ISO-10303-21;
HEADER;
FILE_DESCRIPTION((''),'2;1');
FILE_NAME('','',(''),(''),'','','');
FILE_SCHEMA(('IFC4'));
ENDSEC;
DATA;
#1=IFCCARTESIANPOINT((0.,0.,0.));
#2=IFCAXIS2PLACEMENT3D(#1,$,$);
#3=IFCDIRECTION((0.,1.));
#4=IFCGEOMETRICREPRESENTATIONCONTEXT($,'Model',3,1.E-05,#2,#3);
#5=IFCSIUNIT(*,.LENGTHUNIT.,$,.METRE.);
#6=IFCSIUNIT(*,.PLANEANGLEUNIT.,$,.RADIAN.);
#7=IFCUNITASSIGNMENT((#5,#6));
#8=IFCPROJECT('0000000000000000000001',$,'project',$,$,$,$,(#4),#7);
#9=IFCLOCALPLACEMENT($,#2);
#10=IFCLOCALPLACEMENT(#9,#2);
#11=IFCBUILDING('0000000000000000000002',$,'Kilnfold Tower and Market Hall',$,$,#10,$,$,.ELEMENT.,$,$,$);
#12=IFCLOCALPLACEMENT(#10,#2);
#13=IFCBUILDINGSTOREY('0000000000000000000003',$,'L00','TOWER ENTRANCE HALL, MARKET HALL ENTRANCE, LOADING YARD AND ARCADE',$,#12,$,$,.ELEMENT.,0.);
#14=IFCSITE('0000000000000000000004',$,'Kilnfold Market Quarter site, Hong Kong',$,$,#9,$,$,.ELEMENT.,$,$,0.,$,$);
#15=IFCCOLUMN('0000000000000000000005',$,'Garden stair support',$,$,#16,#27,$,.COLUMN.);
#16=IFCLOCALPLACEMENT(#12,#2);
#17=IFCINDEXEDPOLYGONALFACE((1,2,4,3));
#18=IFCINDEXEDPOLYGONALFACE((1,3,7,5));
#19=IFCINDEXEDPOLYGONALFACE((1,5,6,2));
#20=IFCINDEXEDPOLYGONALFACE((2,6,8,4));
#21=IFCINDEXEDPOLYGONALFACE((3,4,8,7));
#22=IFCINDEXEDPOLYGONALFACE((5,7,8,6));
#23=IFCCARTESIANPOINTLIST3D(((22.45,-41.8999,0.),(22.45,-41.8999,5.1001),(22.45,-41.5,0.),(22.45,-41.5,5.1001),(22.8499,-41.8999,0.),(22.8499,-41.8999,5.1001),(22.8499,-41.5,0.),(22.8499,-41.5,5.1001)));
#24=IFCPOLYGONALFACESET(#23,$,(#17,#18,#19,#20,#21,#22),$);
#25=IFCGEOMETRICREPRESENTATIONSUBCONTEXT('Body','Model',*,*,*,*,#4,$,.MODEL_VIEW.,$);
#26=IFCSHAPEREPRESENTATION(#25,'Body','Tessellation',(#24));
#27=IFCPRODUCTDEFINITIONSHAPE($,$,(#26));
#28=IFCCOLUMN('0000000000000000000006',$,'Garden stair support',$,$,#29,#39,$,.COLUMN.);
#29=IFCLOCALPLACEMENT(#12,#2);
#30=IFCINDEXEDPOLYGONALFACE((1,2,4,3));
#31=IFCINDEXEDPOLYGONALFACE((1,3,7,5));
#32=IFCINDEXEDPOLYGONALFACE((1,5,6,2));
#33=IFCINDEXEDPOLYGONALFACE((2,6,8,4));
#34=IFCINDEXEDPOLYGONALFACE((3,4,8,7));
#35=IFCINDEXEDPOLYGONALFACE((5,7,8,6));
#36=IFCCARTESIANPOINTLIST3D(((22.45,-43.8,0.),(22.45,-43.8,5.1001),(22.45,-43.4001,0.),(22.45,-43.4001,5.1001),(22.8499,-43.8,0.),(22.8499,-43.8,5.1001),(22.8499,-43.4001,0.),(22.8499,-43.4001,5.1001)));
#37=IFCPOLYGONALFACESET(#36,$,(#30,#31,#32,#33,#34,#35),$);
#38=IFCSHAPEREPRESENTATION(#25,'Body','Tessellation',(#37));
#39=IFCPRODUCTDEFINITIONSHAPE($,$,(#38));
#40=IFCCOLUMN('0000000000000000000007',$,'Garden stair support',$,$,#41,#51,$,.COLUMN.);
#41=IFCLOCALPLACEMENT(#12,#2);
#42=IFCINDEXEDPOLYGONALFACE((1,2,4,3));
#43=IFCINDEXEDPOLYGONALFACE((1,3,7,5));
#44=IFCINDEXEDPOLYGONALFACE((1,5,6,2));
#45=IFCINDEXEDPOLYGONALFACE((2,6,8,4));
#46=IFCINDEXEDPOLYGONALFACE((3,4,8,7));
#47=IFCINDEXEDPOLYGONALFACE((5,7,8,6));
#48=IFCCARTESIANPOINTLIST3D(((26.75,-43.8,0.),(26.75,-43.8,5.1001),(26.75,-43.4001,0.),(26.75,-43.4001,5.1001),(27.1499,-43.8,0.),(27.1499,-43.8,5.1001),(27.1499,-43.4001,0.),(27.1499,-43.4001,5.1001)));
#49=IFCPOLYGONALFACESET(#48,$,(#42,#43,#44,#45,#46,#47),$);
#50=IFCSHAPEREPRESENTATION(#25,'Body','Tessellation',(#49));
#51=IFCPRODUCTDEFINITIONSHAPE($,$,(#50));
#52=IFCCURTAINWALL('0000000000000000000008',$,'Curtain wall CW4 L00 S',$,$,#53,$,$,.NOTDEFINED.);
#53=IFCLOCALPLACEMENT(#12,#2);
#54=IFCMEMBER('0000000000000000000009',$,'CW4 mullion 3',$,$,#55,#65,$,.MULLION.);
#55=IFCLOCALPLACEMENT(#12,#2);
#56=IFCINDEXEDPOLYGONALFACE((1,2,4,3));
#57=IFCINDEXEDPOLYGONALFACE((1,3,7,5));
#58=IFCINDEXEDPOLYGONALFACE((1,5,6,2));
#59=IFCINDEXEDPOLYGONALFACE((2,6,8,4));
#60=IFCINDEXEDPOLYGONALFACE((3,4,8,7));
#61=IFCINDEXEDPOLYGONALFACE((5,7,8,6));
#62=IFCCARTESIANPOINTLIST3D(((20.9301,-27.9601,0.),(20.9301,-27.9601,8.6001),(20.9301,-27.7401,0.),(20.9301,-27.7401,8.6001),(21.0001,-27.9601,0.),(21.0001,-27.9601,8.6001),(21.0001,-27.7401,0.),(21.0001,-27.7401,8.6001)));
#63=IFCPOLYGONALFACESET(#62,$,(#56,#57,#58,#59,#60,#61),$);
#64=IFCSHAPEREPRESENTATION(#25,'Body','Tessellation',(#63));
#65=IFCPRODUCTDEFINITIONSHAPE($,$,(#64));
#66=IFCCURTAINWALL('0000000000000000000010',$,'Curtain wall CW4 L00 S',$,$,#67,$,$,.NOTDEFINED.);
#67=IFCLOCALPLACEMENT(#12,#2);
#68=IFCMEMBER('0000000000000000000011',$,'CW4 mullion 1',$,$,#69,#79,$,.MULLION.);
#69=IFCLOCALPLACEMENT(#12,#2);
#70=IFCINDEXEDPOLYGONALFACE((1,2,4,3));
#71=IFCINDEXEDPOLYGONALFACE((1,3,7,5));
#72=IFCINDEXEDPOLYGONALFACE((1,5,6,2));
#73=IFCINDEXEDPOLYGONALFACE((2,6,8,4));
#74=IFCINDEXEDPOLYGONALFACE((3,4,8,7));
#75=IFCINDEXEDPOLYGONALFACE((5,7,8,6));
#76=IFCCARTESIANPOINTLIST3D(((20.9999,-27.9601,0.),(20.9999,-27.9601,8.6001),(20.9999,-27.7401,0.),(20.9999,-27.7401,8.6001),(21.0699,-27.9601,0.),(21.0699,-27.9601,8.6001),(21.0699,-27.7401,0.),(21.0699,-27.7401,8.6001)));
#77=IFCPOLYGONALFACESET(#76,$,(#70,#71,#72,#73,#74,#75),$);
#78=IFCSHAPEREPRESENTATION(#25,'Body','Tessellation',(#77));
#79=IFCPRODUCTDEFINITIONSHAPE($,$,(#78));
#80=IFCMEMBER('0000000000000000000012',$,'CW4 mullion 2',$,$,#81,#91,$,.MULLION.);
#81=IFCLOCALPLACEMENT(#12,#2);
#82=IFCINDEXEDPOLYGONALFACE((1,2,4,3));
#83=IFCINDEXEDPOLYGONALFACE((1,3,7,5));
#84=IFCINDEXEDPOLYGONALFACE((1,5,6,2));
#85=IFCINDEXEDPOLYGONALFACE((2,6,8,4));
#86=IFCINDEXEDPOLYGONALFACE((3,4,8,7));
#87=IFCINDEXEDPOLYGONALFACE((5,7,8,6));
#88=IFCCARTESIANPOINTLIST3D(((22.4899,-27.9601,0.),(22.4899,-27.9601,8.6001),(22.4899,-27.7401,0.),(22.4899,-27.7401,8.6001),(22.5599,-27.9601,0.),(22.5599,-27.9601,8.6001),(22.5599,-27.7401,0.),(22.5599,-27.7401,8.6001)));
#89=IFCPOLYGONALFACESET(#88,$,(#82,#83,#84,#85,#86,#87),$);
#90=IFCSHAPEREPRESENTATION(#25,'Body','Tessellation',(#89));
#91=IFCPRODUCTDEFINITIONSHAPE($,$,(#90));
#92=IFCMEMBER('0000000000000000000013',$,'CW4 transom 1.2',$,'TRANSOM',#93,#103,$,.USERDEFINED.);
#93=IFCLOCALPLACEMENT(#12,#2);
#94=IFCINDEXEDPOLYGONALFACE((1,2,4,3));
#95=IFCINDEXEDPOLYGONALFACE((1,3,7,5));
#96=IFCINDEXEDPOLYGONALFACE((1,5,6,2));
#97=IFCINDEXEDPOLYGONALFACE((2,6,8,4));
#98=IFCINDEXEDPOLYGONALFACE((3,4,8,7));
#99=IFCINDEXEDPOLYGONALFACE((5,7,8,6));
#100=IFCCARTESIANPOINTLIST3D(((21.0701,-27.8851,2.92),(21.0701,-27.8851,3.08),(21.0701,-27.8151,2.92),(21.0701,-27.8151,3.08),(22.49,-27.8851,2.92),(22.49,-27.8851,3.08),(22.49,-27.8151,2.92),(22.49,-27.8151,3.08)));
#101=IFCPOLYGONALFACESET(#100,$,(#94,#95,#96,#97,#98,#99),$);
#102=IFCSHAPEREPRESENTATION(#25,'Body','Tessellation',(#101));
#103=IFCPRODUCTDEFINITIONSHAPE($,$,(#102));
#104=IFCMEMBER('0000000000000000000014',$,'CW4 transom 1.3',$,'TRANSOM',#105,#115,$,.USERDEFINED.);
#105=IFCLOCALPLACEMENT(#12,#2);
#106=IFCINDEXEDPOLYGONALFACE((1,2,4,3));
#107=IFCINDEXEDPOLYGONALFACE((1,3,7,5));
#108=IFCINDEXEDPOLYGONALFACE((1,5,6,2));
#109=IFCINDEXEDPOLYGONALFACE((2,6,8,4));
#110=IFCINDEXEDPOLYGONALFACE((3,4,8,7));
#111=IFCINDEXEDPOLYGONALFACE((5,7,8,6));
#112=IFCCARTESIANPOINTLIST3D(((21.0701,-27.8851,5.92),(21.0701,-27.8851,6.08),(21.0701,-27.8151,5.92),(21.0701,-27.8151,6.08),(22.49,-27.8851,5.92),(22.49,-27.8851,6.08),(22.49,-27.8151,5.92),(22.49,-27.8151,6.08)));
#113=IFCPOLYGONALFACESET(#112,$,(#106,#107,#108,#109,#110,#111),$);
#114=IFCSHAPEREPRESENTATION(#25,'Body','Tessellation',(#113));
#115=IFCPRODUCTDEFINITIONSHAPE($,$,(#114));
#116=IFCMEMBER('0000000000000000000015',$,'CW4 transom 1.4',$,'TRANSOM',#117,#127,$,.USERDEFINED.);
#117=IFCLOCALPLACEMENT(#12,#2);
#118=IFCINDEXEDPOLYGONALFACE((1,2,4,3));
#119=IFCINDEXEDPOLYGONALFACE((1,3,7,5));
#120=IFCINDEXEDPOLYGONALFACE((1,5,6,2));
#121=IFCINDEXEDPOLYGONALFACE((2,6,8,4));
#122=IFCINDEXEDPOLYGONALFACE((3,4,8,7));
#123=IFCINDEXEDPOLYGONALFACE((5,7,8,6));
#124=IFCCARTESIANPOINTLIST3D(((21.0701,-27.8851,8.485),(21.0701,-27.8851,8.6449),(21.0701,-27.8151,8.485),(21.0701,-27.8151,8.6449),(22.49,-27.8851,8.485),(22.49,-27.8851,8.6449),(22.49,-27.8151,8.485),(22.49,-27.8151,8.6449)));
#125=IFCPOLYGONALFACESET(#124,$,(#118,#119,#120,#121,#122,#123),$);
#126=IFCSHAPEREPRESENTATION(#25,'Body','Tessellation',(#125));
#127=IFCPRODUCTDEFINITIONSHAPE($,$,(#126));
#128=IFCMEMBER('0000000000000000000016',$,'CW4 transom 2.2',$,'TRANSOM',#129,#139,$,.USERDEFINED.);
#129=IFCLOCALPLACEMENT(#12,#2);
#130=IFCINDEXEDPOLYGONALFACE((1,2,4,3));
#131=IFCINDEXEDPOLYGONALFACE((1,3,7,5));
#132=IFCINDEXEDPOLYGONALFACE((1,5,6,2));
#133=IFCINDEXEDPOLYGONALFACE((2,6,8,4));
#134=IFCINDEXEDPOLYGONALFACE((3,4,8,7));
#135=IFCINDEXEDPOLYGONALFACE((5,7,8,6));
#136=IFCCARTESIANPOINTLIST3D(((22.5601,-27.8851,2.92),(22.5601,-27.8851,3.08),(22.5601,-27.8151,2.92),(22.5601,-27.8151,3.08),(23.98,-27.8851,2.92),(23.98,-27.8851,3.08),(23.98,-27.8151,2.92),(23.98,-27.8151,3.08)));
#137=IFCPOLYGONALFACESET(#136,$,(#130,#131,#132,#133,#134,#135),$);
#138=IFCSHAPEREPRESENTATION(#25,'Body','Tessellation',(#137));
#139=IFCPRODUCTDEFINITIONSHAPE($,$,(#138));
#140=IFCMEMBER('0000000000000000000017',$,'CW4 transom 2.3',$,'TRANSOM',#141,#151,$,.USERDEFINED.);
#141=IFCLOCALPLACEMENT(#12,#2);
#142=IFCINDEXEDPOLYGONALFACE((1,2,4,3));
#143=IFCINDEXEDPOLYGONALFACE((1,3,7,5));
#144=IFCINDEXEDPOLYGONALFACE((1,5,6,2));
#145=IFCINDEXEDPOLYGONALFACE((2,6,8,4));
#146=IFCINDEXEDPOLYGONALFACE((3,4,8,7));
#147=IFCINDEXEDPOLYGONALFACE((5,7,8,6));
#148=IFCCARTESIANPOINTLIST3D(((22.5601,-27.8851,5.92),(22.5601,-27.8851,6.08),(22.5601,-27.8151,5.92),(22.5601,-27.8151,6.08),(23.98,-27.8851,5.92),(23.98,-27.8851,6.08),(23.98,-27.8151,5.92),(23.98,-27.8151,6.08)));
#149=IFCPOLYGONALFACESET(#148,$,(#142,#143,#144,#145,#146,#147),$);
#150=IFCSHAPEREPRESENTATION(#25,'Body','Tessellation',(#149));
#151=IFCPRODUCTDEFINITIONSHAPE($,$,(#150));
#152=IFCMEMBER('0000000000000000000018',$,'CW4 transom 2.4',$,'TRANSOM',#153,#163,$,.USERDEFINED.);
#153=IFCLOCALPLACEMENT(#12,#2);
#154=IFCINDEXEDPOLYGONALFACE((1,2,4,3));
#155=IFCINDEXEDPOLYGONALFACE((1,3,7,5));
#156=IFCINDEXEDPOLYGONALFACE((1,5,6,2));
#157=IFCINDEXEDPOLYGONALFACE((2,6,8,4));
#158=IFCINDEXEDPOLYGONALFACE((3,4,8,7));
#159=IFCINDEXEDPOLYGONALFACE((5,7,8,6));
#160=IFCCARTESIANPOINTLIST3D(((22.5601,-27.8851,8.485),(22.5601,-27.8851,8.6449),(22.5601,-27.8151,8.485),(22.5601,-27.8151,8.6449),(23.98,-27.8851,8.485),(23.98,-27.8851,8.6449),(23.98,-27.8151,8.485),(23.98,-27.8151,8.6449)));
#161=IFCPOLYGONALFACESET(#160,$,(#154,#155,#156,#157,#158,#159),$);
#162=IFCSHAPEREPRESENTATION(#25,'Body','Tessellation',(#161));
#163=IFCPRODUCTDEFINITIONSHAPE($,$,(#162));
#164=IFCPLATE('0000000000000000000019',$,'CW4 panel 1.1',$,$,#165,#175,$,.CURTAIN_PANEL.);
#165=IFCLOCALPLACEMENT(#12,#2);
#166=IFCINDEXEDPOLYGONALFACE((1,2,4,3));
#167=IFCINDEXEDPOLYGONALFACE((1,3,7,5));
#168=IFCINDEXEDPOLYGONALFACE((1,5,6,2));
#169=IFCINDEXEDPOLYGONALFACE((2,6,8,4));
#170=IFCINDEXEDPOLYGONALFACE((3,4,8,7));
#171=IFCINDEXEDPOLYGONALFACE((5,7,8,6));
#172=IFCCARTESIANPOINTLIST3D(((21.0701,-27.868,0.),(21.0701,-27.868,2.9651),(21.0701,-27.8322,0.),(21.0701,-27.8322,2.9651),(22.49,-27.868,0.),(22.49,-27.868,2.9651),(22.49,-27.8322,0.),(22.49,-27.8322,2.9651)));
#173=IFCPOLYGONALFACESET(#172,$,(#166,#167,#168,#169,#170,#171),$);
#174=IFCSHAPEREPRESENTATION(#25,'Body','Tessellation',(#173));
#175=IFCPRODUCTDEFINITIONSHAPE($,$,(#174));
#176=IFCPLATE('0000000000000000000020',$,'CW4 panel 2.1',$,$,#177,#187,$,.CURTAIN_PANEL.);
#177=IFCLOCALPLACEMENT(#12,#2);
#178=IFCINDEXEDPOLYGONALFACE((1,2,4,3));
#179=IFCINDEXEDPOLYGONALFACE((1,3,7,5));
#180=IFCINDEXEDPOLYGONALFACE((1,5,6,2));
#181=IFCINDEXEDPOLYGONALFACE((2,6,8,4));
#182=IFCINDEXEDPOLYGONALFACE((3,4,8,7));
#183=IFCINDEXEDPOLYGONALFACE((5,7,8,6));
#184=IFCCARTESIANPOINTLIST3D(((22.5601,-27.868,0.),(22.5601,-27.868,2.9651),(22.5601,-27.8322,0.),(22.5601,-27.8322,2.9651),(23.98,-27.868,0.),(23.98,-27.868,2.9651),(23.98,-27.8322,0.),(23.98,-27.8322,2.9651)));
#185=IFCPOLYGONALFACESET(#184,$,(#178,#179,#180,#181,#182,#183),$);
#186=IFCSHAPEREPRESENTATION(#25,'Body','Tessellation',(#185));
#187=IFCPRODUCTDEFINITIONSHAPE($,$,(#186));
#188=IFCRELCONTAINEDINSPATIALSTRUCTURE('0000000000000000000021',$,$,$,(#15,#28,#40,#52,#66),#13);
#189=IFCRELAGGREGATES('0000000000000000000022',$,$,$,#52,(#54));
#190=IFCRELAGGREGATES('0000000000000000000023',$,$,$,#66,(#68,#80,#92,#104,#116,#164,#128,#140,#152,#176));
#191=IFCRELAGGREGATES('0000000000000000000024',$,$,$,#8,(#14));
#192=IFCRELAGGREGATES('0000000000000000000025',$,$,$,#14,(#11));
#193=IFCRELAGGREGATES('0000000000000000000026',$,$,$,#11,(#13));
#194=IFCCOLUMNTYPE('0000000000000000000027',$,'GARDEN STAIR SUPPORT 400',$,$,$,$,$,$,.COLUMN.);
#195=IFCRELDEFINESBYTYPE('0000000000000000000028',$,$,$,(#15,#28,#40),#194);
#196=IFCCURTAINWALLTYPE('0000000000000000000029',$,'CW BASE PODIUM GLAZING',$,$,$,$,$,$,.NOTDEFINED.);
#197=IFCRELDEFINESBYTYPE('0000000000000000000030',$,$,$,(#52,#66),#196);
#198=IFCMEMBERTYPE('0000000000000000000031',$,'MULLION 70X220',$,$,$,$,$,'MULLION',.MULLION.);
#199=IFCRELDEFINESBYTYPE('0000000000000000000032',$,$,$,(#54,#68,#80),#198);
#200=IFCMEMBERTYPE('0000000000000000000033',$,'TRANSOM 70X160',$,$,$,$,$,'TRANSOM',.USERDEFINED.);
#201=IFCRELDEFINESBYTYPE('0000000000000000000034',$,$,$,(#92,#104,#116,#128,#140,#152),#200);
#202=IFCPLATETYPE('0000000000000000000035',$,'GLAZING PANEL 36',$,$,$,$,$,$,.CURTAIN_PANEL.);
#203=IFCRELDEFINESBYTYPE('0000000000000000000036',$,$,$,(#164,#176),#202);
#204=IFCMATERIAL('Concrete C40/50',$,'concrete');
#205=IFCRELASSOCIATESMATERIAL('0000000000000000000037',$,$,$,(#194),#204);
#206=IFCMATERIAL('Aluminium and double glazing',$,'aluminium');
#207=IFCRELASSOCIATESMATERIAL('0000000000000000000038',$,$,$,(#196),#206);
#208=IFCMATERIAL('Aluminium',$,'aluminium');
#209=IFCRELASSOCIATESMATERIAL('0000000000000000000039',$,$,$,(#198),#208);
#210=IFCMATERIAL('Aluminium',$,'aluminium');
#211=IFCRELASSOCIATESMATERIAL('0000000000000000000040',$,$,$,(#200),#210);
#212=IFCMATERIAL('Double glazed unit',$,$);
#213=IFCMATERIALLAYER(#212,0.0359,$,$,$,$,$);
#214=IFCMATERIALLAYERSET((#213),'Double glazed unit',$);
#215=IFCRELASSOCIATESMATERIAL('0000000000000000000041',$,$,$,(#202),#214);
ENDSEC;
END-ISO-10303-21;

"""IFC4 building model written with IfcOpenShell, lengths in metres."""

from ifc_helpers import new_model, si_unit, direction, frame, origin, origin_2d, place, context, subcontext, project, spatial, rectangle, extrude, source, transform, mapped, material, layer, layer_set, material_profile, profile_set, type_object, element, aggregate, save


model = new_model("IFC4")

# Units and contexts
model_context = context("Model", 3, precision=1e-05, world=origin(), true_north=direction((0.0, 1.0)))
body_context = subcontext(model_context, "Body", "Model", "MODEL_VIEW")
ifc_project = project(units=[si_unit("LENGTHUNIT", "METRE"), si_unit("PLANEANGLEUNIT", "RADIAN")], contexts=[model_context])

# Site, building, storey
site_placement = place(None, origin())
site = spatial("IfcSite", under=ifc_project, at=site_placement, Name="Kilnfold Market Quarter site, Hong Kong", CompositionType="ELEMENT", RefElevation=0.0)
building_placement = place(site_placement, origin())
building = spatial("IfcBuilding", under=site, at=building_placement, Name="Kilnfold Tower and Market Hall", CompositionType="ELEMENT")
storey_placement = place(building_placement, origin())
storey = spatial("IfcBuildingStorey", under=building, at=storey_placement, Name="L00", Description="TOWER ENTRANCE HALL, MARKET HALL ENTRANCE, LOADING YARD AND ARCADE", CompositionType="ELEMENT", Elevation=0.0)

# Columns
ifc_material_1 = material(Name="Concrete C40/50", Category="concrete")
ifc_material_profile_1 = material_profile(ifc_material_1, rectangle(XDim=0.3999, YDim=0.3999, at=origin_2d()), Name="RC 400x400")
ifc_profile_set_1 = profile_set([ifc_material_profile_1], Name="Concrete C40/50")
column_type = type_object("IfcColumnType", Name="GARDEN STAIR SUPPORT 400", PredefinedType="COLUMN", material=ifc_profile_set_1)
shared_shape_1 = source(origin(), body_context, "Body", "SweptSolid", [
    extrude(rectangle(XDim=0.3999, YDim=0.3999, at=origin_2d()), origin(), (0.0, 0.0, 1.0), 5.1001),
])
for number, where, z_axis, x_axis, name in (
    (1, (22.6499, -41.7, 0.0), (0.0, 0.0, 1.0), (1.0, 0.0, 0.0), "Garden stair support"),
    (2, (22.6499, -43.6001, 0.0), (0.0, 0.0, 1.0), (1.0, 0.0, 0.0), "Garden stair support"),
    (3, (26.95, -43.6001, 0.0), (0.0, 0.0, 1.0), (1.0, 0.0, 0.0), "Garden stair support"),
):
    element("IfcColumn", number, at=place(storey_placement, frame(where, z_axis=z_axis, x_axis=x_axis)), inside=storey, type_object=column_type, Name=name, PredefinedType="COLUMN", context=body_context, shape_type="MappedRepresentation", body=[
        mapped(shared_shape_1, transform((0.0, 0.0, 0.0))),
    ])

# Curtain wall, member
ifc_material_2 = material(Name="Aluminium and double glazing", Category="aluminium")
curtain_wall_type = type_object("IfcCurtainWallType", Name="CW BASE PODIUM GLAZING", PredefinedType="NOTDEFINED", material=ifc_material_2)
curtain_wall_1_placement = place(storey_placement, origin())
curtain_wall_1 = element("IfcCurtainWall", 4, at=curtain_wall_1_placement, inside=storey, type_object=curtain_wall_type, Name="Curtain wall CW4 L00 S", PredefinedType="NOTDEFINED")
ifc_material_3 = material(Name="Aluminium", Category="aluminium")
ifc_material_profile_2 = material_profile(ifc_material_3, rectangle(XDim=0.0701, YDim=0.22, at=origin_2d()), Name="MULLION 70x220")
ifc_profile_set_2 = profile_set([ifc_material_profile_2], Name="Aluminium")
member_type_1 = type_object("IfcMemberType", Name="MULLION 70X220", ElementType="MULLION", PredefinedType="MULLION", material=ifc_profile_set_2)
shared_shape_2 = source(origin(), body_context, "Body", "SweptSolid", [
    extrude(rectangle(XDim=0.0701, YDim=0.22, at=origin_2d()), origin(), (0.0, 0.0, 1.0), 8.6001),
])
member_1_placement = place(storey_placement, frame((20.9651, -27.8501, 0.0), z_axis=(0.0, 0.0, 1.0), x_axis=(1.0, 0.0, 0.0)))
member_1 = element("IfcMember", 5, at=member_1_placement, type_object=member_type_1, Name="CW4 mullion 3", PredefinedType="MULLION", context=body_context, shape_type="MappedRepresentation", body=[
    mapped(shared_shape_2, transform((0.0, 0.0, 0.0))),
])

# Curtain wall, members, plates
curtain_wall_2_placement = place(storey_placement, origin())
curtain_wall_2 = element("IfcCurtainWall", 6, at=curtain_wall_2_placement, inside=storey, type_object=curtain_wall_type, Name="Curtain wall CW4 L00 S", PredefinedType="NOTDEFINED")
member_2_placement = place(storey_placement, frame((21.0349, -27.8501, 0.0), z_axis=(0.0, 0.0, 1.0), x_axis=(1.0, 0.0, 0.0)))
member_2 = element("IfcMember", 7, at=member_2_placement, type_object=member_type_1, Name="CW4 mullion 1", PredefinedType="MULLION", context=body_context, shape_type="MappedRepresentation", body=[
    mapped(shared_shape_2, transform((0.0, 0.0, 0.0))),
])
member_3_placement = place(storey_placement, frame((22.5249, -27.8501, 0.0), z_axis=(0.0, 0.0, 1.0), x_axis=(1.0, 0.0, 0.0)))
member_3 = element("IfcMember", 8, at=member_3_placement, type_object=member_type_1, Name="CW4 mullion 2", PredefinedType="MULLION", context=body_context, shape_type="MappedRepresentation", body=[
    mapped(shared_shape_2, transform((0.0, 0.0, 0.0))),
])
ifc_material_4 = material(Name="Aluminium", Category="aluminium")
ifc_material_profile_3 = material_profile(ifc_material_4, rectangle(XDim=0.0701, YDim=0.1599, at=origin_2d()), Name="TRANSOM 70x160")
ifc_profile_set_3 = profile_set([ifc_material_profile_3], Name="Aluminium")
member_type_2 = type_object("IfcMemberType", Name="TRANSOM 70X160", ElementType="TRANSOM", PredefinedType="USERDEFINED", material=ifc_profile_set_3)
shared_shape_3 = source(origin(), body_context, "Body", "SweptSolid", [
    extrude(rectangle(XDim=0.0701, YDim=0.1599, at=origin_2d()), origin(), (0.0, 0.0, 1.0), 1.4199),
])
member_4_placement = place(storey_placement, frame((21.0701, -27.8501, 3.0), z_axis=(1.0, 0.0, 0.0), x_axis=(0.0, 1.0, 0.0)))
member_4 = element("IfcMember", 9, at=member_4_placement, type_object=member_type_2, Name="CW4 transom 1.2", ObjectType="TRANSOM", PredefinedType="USERDEFINED", context=body_context, shape_type="MappedRepresentation", body=[
    mapped(shared_shape_3, transform((0.0, 0.0, 0.0))),
])
member_5_placement = place(storey_placement, frame((21.0701, -27.8501, 6.0), z_axis=(1.0, 0.0, 0.0), x_axis=(0.0, 1.0, 0.0)))
member_5 = element("IfcMember", 10, at=member_5_placement, type_object=member_type_2, Name="CW4 transom 1.3", ObjectType="TRANSOM", PredefinedType="USERDEFINED", context=body_context, shape_type="MappedRepresentation", body=[
    mapped(shared_shape_3, transform((0.0, 0.0, 0.0))),
])
member_6_placement = place(storey_placement, frame((21.0701, -27.8501, 8.5649), z_axis=(1.0, 0.0, 0.0), x_axis=(0.0, 1.0, 0.0)))
member_6 = element("IfcMember", 11, at=member_6_placement, type_object=member_type_2, Name="CW4 transom 1.4", ObjectType="TRANSOM", PredefinedType="USERDEFINED", context=body_context, shape_type="MappedRepresentation", body=[
    mapped(shared_shape_3, transform((0.0, 0.0, 0.0))),
])
member_7_placement = place(storey_placement, frame((22.5601, -27.8501, 3.0), z_axis=(1.0, 0.0, 0.0), x_axis=(0.0, 1.0, 0.0)))
member_7 = element("IfcMember", 12, at=member_7_placement, type_object=member_type_2, Name="CW4 transom 2.2", ObjectType="TRANSOM", PredefinedType="USERDEFINED", context=body_context, shape_type="MappedRepresentation", body=[
    mapped(shared_shape_3, transform((0.0, 0.0, 0.0))),
])
member_8_placement = place(storey_placement, frame((22.5601, -27.8501, 6.0), z_axis=(1.0, 0.0, 0.0), x_axis=(0.0, 1.0, 0.0)))
member_8 = element("IfcMember", 13, at=member_8_placement, type_object=member_type_2, Name="CW4 transom 2.3", ObjectType="TRANSOM", PredefinedType="USERDEFINED", context=body_context, shape_type="MappedRepresentation", body=[
    mapped(shared_shape_3, transform((0.0, 0.0, 0.0))),
])
member_9_placement = place(storey_placement, frame((22.5601, -27.8501, 8.5649), z_axis=(1.0, 0.0, 0.0), x_axis=(0.0, 1.0, 0.0)))
member_9 = element("IfcMember", 14, at=member_9_placement, type_object=member_type_2, Name="CW4 transom 2.4", ObjectType="TRANSOM", PredefinedType="USERDEFINED", context=body_context, shape_type="MappedRepresentation", body=[
    mapped(shared_shape_3, transform((0.0, 0.0, 0.0))),
])
ifc_material_5 = material(Name="Double glazed unit")
ifc_layer = layer(ifc_material_5, 0.0359)
ifc_layer_set = layer_set([ifc_layer], Name="Double glazed unit")
plate_type = type_object("IfcPlateType", Name="GLAZING PANEL 36", PredefinedType="CURTAIN_PANEL", material=ifc_layer_set)
shared_shape_4 = source(origin(), body_context, "Body", "SweptSolid", [
    extrude(rectangle(XDim=1.4199, YDim=0.0359, at=origin_2d()), origin(), (0.0, 0.0, 1.0), 2.9651),
])
plate_1_placement = place(storey_placement, frame((21.78, -27.8501, 0.0), z_axis=(0.0, 0.0, 1.0), x_axis=(1.0, 0.0, 0.0)))
plate_1 = element("IfcPlate", 15, at=plate_1_placement, type_object=plate_type, Name="CW4 panel 1.1", PredefinedType="CURTAIN_PANEL", context=body_context, shape_type="MappedRepresentation", body=[
    mapped(shared_shape_4, transform((0.0, 0.0, 0.0))),
])
plate_2_placement = place(storey_placement, frame((23.27, -27.8501, 0.0), z_axis=(0.0, 0.0, 1.0), x_axis=(1.0, 0.0, 0.0)))
plate_2 = element("IfcPlate", 16, at=plate_2_placement, type_object=plate_type, Name="CW4 panel 2.1", PredefinedType="CURTAIN_PANEL", context=body_context, shape_type="MappedRepresentation", body=[
    mapped(shared_shape_4, transform((0.0, 0.0, 0.0))),
])

aggregate(curtain_wall_1, [member_1])
aggregate(curtain_wall_2, [member_2, member_3, member_4, member_5, member_6, plate_1, member_7, member_8, member_9, plate_2])

save(model, "model.ifc")
